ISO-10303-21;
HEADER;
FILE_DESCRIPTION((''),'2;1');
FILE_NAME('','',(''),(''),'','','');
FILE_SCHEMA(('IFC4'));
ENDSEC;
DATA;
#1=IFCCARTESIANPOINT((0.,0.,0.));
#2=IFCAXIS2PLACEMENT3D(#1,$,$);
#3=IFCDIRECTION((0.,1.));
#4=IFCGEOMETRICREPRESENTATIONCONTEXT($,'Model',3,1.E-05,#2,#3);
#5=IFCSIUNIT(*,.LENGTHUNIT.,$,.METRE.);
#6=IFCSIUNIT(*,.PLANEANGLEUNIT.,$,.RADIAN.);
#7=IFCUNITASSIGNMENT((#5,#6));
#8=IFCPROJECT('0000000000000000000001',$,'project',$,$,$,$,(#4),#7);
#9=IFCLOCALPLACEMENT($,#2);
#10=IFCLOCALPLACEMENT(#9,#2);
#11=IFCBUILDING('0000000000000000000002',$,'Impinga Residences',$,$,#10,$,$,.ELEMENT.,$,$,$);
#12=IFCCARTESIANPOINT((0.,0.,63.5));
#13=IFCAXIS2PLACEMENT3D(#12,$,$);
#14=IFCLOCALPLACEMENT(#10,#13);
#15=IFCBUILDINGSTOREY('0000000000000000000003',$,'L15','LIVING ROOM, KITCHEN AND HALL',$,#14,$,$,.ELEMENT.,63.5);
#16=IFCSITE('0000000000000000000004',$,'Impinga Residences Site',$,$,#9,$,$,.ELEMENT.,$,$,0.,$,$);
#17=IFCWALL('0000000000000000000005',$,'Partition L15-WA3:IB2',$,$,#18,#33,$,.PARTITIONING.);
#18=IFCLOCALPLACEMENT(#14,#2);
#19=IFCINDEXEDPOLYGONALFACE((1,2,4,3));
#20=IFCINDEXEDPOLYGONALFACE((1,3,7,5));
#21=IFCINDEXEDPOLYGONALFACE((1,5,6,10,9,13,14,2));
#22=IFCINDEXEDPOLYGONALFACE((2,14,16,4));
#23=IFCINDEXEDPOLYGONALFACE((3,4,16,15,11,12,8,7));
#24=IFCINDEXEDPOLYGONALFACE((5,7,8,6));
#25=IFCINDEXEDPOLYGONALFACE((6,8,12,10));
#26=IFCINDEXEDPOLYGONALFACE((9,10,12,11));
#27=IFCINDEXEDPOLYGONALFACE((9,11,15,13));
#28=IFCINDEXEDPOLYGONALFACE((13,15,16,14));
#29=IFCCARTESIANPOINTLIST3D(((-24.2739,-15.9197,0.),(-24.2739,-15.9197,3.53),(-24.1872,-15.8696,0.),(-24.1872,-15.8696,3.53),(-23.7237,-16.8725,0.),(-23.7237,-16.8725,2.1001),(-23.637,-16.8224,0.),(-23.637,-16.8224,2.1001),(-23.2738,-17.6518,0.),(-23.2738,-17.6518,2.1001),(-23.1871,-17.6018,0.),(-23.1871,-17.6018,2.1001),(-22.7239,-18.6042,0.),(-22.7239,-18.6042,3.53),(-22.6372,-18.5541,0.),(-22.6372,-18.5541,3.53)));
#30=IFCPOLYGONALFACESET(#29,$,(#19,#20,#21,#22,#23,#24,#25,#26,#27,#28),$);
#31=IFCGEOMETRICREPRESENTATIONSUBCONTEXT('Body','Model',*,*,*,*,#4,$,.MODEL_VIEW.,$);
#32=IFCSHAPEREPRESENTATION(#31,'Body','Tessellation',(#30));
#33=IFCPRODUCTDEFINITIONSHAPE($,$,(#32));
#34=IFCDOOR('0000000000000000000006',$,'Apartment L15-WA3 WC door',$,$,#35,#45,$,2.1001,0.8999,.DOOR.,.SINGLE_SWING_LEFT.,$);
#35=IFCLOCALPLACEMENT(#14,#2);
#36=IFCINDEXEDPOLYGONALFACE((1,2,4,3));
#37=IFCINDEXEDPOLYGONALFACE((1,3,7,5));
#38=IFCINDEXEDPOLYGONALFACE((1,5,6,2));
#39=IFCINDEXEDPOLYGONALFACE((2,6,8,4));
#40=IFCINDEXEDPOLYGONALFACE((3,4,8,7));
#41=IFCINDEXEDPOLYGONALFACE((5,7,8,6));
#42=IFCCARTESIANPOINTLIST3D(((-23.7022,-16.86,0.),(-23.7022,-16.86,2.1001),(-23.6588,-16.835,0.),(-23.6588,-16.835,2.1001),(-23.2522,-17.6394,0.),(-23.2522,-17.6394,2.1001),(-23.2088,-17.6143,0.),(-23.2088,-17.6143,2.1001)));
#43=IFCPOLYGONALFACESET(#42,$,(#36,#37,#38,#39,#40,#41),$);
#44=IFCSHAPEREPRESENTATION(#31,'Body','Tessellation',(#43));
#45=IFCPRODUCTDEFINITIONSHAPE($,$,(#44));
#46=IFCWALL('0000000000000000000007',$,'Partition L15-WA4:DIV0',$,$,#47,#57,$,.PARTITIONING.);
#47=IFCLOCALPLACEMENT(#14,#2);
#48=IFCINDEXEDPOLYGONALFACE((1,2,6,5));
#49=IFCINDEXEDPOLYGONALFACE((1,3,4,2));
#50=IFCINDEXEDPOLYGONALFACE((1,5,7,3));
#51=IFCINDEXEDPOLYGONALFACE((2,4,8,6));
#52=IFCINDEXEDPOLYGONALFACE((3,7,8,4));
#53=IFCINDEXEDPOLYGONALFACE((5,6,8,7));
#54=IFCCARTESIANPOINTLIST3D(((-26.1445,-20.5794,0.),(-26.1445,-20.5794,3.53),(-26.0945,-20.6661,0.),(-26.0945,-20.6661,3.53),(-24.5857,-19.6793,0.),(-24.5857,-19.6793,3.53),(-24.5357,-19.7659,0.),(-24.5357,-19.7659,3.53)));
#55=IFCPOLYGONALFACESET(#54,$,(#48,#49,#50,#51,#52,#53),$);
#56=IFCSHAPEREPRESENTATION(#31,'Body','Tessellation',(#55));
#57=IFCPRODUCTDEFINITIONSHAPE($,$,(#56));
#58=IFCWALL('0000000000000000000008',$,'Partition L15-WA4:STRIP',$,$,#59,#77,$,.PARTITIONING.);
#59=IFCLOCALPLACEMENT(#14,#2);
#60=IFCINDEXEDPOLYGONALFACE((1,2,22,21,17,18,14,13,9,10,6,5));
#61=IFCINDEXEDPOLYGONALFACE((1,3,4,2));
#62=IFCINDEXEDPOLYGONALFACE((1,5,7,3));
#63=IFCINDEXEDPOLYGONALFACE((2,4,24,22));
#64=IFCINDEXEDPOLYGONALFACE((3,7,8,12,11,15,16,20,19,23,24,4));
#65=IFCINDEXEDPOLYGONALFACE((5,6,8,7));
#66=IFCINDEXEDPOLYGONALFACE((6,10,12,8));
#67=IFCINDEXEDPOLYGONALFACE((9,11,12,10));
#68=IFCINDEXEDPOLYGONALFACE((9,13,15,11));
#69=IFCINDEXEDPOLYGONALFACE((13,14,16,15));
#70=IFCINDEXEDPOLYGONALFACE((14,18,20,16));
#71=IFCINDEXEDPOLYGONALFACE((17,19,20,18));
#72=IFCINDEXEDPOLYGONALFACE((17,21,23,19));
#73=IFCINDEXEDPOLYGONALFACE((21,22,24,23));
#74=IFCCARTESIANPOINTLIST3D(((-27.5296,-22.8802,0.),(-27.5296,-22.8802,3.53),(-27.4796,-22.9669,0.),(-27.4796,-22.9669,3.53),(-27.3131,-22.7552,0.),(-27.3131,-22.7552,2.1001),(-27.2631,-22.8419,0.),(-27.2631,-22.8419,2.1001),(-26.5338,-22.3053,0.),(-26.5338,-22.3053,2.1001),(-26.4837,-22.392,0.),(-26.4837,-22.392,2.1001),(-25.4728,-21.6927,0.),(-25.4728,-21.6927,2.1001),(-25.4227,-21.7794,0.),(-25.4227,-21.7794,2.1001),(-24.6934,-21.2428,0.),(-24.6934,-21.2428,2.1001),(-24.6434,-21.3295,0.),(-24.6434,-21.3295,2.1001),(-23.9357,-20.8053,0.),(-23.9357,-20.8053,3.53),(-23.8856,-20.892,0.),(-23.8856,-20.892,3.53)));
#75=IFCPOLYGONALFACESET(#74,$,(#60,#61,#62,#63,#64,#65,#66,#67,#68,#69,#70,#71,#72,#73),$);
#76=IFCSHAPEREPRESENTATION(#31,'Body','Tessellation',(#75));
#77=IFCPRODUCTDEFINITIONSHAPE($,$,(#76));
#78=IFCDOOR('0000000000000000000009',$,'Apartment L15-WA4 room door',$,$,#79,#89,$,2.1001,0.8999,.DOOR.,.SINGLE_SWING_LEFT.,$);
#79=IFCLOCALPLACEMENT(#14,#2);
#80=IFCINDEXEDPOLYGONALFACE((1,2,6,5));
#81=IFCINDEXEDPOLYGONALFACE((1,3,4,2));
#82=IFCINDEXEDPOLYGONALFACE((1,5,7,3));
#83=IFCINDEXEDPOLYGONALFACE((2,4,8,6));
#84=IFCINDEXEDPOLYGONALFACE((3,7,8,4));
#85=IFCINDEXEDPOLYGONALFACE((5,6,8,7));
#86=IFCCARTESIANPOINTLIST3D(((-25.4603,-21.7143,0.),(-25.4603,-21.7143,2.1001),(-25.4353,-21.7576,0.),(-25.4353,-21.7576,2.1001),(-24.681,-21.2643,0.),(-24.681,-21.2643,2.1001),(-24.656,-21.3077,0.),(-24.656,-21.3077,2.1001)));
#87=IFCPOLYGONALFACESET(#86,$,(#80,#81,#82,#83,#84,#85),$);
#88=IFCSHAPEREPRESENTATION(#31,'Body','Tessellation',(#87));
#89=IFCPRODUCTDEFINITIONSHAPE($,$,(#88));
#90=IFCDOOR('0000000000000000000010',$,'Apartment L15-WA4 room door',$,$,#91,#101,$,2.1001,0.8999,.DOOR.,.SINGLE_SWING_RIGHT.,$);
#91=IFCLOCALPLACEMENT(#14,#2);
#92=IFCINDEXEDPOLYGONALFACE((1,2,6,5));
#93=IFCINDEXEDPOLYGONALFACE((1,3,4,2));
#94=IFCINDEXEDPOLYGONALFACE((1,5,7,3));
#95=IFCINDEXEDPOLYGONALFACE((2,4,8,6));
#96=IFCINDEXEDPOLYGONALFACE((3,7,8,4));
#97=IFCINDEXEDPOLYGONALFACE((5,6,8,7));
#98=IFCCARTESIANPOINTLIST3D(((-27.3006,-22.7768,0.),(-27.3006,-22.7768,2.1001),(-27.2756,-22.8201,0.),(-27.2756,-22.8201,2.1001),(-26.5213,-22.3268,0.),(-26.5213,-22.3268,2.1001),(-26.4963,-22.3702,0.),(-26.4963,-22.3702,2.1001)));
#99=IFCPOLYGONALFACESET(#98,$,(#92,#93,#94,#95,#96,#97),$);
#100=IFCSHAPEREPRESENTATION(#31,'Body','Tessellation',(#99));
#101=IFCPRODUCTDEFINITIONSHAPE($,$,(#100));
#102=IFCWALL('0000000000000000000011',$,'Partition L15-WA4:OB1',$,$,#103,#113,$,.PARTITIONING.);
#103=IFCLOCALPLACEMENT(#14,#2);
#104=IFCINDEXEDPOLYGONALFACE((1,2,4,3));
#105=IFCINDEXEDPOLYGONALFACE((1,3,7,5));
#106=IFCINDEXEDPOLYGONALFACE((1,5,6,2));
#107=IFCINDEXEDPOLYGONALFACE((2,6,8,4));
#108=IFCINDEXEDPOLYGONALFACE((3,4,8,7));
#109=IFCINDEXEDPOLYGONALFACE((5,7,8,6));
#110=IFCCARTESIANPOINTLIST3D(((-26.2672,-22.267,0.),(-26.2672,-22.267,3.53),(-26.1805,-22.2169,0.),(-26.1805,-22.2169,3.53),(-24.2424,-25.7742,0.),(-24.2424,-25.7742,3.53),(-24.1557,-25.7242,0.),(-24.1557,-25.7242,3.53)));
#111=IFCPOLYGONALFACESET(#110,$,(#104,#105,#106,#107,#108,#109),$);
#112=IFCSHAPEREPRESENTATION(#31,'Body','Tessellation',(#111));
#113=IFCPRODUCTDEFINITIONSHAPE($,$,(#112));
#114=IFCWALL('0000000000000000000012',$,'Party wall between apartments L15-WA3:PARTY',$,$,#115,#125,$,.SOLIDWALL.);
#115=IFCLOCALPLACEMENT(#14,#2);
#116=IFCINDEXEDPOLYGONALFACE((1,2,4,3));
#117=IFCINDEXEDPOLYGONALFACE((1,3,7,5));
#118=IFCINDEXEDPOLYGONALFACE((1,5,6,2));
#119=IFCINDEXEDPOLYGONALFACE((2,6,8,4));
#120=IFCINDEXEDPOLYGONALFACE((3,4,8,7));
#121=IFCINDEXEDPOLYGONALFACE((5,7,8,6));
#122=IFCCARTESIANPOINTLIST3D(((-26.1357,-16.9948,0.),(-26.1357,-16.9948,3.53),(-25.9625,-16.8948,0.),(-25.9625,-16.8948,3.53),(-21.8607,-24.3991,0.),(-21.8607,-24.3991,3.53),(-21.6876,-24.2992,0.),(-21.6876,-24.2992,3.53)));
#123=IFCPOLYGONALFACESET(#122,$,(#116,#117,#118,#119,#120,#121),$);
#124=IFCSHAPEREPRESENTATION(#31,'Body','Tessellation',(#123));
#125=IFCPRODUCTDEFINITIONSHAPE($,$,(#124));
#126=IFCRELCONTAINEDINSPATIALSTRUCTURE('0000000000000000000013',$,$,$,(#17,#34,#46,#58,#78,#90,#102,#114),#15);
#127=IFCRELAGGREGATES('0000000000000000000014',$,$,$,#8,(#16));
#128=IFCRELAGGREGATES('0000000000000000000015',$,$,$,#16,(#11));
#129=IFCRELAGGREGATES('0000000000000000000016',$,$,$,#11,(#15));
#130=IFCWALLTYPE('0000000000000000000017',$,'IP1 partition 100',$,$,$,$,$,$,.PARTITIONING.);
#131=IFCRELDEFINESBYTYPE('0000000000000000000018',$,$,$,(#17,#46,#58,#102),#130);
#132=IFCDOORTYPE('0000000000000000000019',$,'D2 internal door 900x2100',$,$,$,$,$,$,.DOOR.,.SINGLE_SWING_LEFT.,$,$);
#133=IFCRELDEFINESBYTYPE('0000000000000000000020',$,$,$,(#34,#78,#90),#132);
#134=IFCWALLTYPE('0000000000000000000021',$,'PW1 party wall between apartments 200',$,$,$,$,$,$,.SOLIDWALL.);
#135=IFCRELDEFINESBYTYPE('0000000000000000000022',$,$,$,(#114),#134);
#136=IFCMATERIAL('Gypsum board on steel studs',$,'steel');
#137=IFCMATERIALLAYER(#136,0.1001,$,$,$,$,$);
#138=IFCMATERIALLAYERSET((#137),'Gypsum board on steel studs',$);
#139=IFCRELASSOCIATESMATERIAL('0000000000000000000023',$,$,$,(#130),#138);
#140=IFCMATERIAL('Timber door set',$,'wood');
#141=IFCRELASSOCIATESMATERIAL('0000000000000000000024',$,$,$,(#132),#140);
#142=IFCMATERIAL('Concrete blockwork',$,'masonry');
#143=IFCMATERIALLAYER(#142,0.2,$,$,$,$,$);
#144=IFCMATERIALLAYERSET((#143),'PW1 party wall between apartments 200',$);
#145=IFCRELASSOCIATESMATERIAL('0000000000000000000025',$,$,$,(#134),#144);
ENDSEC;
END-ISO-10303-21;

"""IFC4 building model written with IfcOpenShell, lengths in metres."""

from ifc_helpers import new_model, si_unit, direction, frame, frame_2d, origin, place, context, subcontext, project, spatial, rectangle, extrude, material, layer, layer_set, type_object, element, fill, save


model = new_model("IFC4")

# Units and contexts
model_context = context("Model", 3, precision=1e-05, world=origin(), true_north=direction((0.0, 1.0)))
body_context = subcontext(model_context, "Body", "Model", "MODEL_VIEW")
ifc_project = project(units=[si_unit("LENGTHUNIT", "METRE"), si_unit("PLANEANGLEUNIT", "RADIAN")], contexts=[model_context])

# Site, building, storey
site_placement = place(None, origin())
site = spatial("IfcSite", under=ifc_project, at=site_placement, Name="Impinga Residences Site", CompositionType="ELEMENT", RefElevation=0.0)
building_placement = place(site_placement, origin())
building = spatial("IfcBuilding", under=site, at=building_placement, Name="Impinga Residences", CompositionType="ELEMENT")
storey_placement = place(building_placement, frame((0.0, 0.0, 63.5)))
storey = spatial("IfcBuildingStorey", under=building, at=storey_placement, Name="L15", Description="LIVING ROOM, KITCHEN AND HALL", CompositionType="ELEMENT", Elevation=63.5)

# Shared definitions
ifc_material_1 = material(Name="Gypsum board on steel studs", Category="steel")
ifc_layer_1 = layer(ifc_material_1, 0.1001)
ifc_layer_set_1 = layer_set([ifc_layer_1], Name="Gypsum board on steel studs")
wall_type_1 = type_object("IfcWallType", Name="IP1 partition 100", PredefinedType="PARTITIONING", material=ifc_layer_set_1)

# Shared definitions
ifc_material_2 = material(Name="Timber door set", Category="wood")
door_type = type_object("IfcDoorType", Name="D2 internal door 900x2100", OperationType="SINGLE_SWING_LEFT", PredefinedType="DOOR", material=ifc_material_2)

# Wall, opening, door
wall_1_placement = place(storey_placement, frame((-24.2305, -15.8948, 0.0), z_axis=(0.0, 0.0, 1.0), x_axis=(0.500027, -0.86601, 0.0)))
wall_1 = element("IfcWall", 1, at=wall_1_placement, inside=storey, type_object=wall_type_1, Name="Partition L15-WA3:IB2", PredefinedType="PARTITIONING", context=body_context, shape_type="SweptSolid", body=[
    extrude(rectangle(XDim=3.0999, YDim=0.1001, at=frame_2d((1.5498, 0.0))), origin(), (0.0, 0.0, 1.0), 3.53),
])
opening_1_placement = place(wall_1_placement, frame((1.1001, 0.0, 0.0)))
opening_1 = element("IfcOpeningElement", 2, at=opening_1_placement, cuts=wall_1, PredefinedType="OPENING", context=body_context, shape_type="SweptSolid", body=[
    extrude(rectangle(XDim=0.8999, YDim=2.1001, at=frame_2d((0.45, 1.05))), frame((0.0, 0.0601, 0.0), z_axis=(0.0, -1.0, 0.0), x_axis=(1.0, 0.0, 0.0)), (0.0, 0.0, 1.0), 0.1201),
])
door_1_placement = place(opening_1_placement, origin())
door_1 = element("IfcDoor", 3, at=door_1_placement, inside=storey, type_object=door_type, Name="Apartment L15-WA3 WC door", OperationType="SINGLE_SWING_LEFT", OverallHeight=2.1001, OverallWidth=0.8999, PredefinedType="DOOR", context=body_context, shape_type="SweptSolid", body=[
    extrude(rectangle(XDim=0.8999, YDim=2.1001, at=frame_2d((0.45, 1.05))), frame((0.0, 0.0249, 0.0), z_axis=(0.0, -1.0, 0.0), x_axis=(1.0, 0.0, 0.0)), (0.0, 0.0, 1.0), 0.05),
])
fill(opening_1, door_1)

# Wall
wall_2_placement = place(storey_placement, frame((-24.5608, -19.7227, 0.0), z_axis=(0.0, 0.0, 1.0), x_axis=(-0.865989, -0.500063, 0.0)))
element("IfcWall", 4, at=wall_2_placement, inside=storey, type_object=wall_type_1, Name="Partition L15-WA4:DIV0", PredefinedType="PARTITIONING", context=body_context, shape_type="SweptSolid", body=[
    extrude(rectangle(XDim=1.8, YDim=0.1001, at=frame_2d((0.8999, 0.0))), origin(), (0.0, 0.0, 1.0), 3.53),
])

# Wall, openings, doors
wall_3_placement = place(storey_placement, frame((-23.9106, -20.8486, 0.0), z_axis=(0.0, 0.0, 1.0), x_axis=(-0.86603, -0.499992, 0.0)))
wall_3 = element("IfcWall", 5, at=wall_3_placement, inside=storey, type_object=wall_type_1, Name="Partition L15-WA4:STRIP", PredefinedType="PARTITIONING", context=body_context, shape_type="SweptSolid", body=[
    extrude(rectangle(XDim=4.1499, YDim=0.1001, at=frame_2d((2.075, 0.0))), origin(), (0.0, 0.0, 1.0), 3.53),
])
opening_2_placement = place(wall_3_placement, frame((0.875, 0.0, 0.0)))
opening_2 = element("IfcOpeningElement", 6, at=opening_2_placement, cuts=wall_3, PredefinedType="OPENING", context=body_context, shape_type="SweptSolid", body=[
    extrude(rectangle(XDim=0.8999, YDim=2.1001, at=frame_2d((0.45, 1.05))), frame((0.0, 0.0601, 0.0), z_axis=(0.0, -1.0, 0.0), x_axis=(1.0, 0.0, 0.0)), (0.0, 0.0, 1.0), 0.1201),
])
opening_3_placement = place(wall_3_placement, frame((3.0, 0.0, 0.0)))
opening_3 = element("IfcOpeningElement", 7, at=opening_3_placement, cuts=wall_3, PredefinedType="OPENING", context=body_context, shape_type="SweptSolid", body=[
    extrude(rectangle(XDim=0.8999, YDim=2.1001, at=frame_2d((0.45, 1.05))), frame((0.0, 0.0601, 0.0), z_axis=(0.0, -1.0, 0.0), x_axis=(1.0, 0.0, 0.0)), (0.0, 0.0, 1.0), 0.1201),
])
door_2_placement = place(opening_2_placement, origin())
door_2 = element("IfcDoor", 8, at=door_2_placement, inside=storey, type_object=door_type, Name="Apartment L15-WA4 room door", OperationType="SINGLE_SWING_LEFT", OverallHeight=2.1001, OverallWidth=0.8999, PredefinedType="DOOR", context=body_context, shape_type="SweptSolid", body=[
    extrude(rectangle(XDim=0.8999, YDim=2.1001, at=frame_2d((0.45, 1.05))), frame((0.0, 0.0249, 0.0), z_axis=(0.0, -1.0, 0.0), x_axis=(1.0, 0.0, 0.0)), (0.0, 0.0, 1.0), 0.05),
])
fill(opening_2, door_2)
door_3_placement = place(opening_3_placement, origin())
door_3 = element("IfcDoor", 9, at=door_3_placement, inside=storey, type_object=door_type, Name="Apartment L15-WA4 room door", OperationType="SINGLE_SWING_RIGHT", OverallHeight=2.1001, OverallWidth=0.8999, PredefinedType="DOOR", context=body_context, shape_type="SweptSolid", body=[
    extrude(rectangle(XDim=0.8999, YDim=2.1001, at=frame_2d((0.45, 1.05))), frame((0.0, 0.0249, 0.0), z_axis=(0.0, -1.0, 0.0), x_axis=(1.0, 0.0, 0.0)), (0.0, 0.0, 1.0), 0.05),
])
fill(opening_3, door_3)

# Walls
wall_4_placement = place(storey_placement, frame((-26.2239, -22.2419, 0.0), z_axis=(0.0, 0.0, 1.0), x_axis=(0.49999, -0.866031, 0.0)))
element("IfcWall", 10, at=wall_4_placement, inside=storey, type_object=wall_type_1, Name="Partition L15-WA4:OB1", PredefinedType="PARTITIONING", context=body_context, shape_type="SweptSolid", body=[
    extrude(rectangle(XDim=4.0498, YDim=0.1001, at=frame_2d((2.0249, 0.0))), origin(), (0.0, 0.0, 1.0), 3.53),
])
ifc_material_3 = material(Name="Concrete blockwork", Category="masonry")
ifc_layer_2 = layer(ifc_material_3, 0.2)
ifc_layer_set_2 = layer_set([ifc_layer_2], Name="PW1 party wall between apartments 200")
wall_type_2 = type_object("IfcWallType", Name="PW1 party wall between apartments 200", PredefinedType="SOLIDWALL", material=ifc_layer_set_2)
wall_5_placement = place(storey_placement, frame((-26.0491, -16.9448, 0.0), z_axis=(0.0, 0.0, 1.0), x_axis=(0.500003, -0.866024, 0.0)))
element("IfcWall", 11, at=wall_5_placement, inside=storey, type_object=wall_type_2, Name="Party wall between apartments L15-WA3:PARTY", PredefinedType="SOLIDWALL", context=body_context, shape_type="SweptSolid", body=[
    extrude(rectangle(XDim=8.5498, YDim=0.2, at=frame_2d((4.2749, 0.0))), origin(), (0.0, 0.0, 1.0), 3.53),
])

save(model, "model.ifc")
